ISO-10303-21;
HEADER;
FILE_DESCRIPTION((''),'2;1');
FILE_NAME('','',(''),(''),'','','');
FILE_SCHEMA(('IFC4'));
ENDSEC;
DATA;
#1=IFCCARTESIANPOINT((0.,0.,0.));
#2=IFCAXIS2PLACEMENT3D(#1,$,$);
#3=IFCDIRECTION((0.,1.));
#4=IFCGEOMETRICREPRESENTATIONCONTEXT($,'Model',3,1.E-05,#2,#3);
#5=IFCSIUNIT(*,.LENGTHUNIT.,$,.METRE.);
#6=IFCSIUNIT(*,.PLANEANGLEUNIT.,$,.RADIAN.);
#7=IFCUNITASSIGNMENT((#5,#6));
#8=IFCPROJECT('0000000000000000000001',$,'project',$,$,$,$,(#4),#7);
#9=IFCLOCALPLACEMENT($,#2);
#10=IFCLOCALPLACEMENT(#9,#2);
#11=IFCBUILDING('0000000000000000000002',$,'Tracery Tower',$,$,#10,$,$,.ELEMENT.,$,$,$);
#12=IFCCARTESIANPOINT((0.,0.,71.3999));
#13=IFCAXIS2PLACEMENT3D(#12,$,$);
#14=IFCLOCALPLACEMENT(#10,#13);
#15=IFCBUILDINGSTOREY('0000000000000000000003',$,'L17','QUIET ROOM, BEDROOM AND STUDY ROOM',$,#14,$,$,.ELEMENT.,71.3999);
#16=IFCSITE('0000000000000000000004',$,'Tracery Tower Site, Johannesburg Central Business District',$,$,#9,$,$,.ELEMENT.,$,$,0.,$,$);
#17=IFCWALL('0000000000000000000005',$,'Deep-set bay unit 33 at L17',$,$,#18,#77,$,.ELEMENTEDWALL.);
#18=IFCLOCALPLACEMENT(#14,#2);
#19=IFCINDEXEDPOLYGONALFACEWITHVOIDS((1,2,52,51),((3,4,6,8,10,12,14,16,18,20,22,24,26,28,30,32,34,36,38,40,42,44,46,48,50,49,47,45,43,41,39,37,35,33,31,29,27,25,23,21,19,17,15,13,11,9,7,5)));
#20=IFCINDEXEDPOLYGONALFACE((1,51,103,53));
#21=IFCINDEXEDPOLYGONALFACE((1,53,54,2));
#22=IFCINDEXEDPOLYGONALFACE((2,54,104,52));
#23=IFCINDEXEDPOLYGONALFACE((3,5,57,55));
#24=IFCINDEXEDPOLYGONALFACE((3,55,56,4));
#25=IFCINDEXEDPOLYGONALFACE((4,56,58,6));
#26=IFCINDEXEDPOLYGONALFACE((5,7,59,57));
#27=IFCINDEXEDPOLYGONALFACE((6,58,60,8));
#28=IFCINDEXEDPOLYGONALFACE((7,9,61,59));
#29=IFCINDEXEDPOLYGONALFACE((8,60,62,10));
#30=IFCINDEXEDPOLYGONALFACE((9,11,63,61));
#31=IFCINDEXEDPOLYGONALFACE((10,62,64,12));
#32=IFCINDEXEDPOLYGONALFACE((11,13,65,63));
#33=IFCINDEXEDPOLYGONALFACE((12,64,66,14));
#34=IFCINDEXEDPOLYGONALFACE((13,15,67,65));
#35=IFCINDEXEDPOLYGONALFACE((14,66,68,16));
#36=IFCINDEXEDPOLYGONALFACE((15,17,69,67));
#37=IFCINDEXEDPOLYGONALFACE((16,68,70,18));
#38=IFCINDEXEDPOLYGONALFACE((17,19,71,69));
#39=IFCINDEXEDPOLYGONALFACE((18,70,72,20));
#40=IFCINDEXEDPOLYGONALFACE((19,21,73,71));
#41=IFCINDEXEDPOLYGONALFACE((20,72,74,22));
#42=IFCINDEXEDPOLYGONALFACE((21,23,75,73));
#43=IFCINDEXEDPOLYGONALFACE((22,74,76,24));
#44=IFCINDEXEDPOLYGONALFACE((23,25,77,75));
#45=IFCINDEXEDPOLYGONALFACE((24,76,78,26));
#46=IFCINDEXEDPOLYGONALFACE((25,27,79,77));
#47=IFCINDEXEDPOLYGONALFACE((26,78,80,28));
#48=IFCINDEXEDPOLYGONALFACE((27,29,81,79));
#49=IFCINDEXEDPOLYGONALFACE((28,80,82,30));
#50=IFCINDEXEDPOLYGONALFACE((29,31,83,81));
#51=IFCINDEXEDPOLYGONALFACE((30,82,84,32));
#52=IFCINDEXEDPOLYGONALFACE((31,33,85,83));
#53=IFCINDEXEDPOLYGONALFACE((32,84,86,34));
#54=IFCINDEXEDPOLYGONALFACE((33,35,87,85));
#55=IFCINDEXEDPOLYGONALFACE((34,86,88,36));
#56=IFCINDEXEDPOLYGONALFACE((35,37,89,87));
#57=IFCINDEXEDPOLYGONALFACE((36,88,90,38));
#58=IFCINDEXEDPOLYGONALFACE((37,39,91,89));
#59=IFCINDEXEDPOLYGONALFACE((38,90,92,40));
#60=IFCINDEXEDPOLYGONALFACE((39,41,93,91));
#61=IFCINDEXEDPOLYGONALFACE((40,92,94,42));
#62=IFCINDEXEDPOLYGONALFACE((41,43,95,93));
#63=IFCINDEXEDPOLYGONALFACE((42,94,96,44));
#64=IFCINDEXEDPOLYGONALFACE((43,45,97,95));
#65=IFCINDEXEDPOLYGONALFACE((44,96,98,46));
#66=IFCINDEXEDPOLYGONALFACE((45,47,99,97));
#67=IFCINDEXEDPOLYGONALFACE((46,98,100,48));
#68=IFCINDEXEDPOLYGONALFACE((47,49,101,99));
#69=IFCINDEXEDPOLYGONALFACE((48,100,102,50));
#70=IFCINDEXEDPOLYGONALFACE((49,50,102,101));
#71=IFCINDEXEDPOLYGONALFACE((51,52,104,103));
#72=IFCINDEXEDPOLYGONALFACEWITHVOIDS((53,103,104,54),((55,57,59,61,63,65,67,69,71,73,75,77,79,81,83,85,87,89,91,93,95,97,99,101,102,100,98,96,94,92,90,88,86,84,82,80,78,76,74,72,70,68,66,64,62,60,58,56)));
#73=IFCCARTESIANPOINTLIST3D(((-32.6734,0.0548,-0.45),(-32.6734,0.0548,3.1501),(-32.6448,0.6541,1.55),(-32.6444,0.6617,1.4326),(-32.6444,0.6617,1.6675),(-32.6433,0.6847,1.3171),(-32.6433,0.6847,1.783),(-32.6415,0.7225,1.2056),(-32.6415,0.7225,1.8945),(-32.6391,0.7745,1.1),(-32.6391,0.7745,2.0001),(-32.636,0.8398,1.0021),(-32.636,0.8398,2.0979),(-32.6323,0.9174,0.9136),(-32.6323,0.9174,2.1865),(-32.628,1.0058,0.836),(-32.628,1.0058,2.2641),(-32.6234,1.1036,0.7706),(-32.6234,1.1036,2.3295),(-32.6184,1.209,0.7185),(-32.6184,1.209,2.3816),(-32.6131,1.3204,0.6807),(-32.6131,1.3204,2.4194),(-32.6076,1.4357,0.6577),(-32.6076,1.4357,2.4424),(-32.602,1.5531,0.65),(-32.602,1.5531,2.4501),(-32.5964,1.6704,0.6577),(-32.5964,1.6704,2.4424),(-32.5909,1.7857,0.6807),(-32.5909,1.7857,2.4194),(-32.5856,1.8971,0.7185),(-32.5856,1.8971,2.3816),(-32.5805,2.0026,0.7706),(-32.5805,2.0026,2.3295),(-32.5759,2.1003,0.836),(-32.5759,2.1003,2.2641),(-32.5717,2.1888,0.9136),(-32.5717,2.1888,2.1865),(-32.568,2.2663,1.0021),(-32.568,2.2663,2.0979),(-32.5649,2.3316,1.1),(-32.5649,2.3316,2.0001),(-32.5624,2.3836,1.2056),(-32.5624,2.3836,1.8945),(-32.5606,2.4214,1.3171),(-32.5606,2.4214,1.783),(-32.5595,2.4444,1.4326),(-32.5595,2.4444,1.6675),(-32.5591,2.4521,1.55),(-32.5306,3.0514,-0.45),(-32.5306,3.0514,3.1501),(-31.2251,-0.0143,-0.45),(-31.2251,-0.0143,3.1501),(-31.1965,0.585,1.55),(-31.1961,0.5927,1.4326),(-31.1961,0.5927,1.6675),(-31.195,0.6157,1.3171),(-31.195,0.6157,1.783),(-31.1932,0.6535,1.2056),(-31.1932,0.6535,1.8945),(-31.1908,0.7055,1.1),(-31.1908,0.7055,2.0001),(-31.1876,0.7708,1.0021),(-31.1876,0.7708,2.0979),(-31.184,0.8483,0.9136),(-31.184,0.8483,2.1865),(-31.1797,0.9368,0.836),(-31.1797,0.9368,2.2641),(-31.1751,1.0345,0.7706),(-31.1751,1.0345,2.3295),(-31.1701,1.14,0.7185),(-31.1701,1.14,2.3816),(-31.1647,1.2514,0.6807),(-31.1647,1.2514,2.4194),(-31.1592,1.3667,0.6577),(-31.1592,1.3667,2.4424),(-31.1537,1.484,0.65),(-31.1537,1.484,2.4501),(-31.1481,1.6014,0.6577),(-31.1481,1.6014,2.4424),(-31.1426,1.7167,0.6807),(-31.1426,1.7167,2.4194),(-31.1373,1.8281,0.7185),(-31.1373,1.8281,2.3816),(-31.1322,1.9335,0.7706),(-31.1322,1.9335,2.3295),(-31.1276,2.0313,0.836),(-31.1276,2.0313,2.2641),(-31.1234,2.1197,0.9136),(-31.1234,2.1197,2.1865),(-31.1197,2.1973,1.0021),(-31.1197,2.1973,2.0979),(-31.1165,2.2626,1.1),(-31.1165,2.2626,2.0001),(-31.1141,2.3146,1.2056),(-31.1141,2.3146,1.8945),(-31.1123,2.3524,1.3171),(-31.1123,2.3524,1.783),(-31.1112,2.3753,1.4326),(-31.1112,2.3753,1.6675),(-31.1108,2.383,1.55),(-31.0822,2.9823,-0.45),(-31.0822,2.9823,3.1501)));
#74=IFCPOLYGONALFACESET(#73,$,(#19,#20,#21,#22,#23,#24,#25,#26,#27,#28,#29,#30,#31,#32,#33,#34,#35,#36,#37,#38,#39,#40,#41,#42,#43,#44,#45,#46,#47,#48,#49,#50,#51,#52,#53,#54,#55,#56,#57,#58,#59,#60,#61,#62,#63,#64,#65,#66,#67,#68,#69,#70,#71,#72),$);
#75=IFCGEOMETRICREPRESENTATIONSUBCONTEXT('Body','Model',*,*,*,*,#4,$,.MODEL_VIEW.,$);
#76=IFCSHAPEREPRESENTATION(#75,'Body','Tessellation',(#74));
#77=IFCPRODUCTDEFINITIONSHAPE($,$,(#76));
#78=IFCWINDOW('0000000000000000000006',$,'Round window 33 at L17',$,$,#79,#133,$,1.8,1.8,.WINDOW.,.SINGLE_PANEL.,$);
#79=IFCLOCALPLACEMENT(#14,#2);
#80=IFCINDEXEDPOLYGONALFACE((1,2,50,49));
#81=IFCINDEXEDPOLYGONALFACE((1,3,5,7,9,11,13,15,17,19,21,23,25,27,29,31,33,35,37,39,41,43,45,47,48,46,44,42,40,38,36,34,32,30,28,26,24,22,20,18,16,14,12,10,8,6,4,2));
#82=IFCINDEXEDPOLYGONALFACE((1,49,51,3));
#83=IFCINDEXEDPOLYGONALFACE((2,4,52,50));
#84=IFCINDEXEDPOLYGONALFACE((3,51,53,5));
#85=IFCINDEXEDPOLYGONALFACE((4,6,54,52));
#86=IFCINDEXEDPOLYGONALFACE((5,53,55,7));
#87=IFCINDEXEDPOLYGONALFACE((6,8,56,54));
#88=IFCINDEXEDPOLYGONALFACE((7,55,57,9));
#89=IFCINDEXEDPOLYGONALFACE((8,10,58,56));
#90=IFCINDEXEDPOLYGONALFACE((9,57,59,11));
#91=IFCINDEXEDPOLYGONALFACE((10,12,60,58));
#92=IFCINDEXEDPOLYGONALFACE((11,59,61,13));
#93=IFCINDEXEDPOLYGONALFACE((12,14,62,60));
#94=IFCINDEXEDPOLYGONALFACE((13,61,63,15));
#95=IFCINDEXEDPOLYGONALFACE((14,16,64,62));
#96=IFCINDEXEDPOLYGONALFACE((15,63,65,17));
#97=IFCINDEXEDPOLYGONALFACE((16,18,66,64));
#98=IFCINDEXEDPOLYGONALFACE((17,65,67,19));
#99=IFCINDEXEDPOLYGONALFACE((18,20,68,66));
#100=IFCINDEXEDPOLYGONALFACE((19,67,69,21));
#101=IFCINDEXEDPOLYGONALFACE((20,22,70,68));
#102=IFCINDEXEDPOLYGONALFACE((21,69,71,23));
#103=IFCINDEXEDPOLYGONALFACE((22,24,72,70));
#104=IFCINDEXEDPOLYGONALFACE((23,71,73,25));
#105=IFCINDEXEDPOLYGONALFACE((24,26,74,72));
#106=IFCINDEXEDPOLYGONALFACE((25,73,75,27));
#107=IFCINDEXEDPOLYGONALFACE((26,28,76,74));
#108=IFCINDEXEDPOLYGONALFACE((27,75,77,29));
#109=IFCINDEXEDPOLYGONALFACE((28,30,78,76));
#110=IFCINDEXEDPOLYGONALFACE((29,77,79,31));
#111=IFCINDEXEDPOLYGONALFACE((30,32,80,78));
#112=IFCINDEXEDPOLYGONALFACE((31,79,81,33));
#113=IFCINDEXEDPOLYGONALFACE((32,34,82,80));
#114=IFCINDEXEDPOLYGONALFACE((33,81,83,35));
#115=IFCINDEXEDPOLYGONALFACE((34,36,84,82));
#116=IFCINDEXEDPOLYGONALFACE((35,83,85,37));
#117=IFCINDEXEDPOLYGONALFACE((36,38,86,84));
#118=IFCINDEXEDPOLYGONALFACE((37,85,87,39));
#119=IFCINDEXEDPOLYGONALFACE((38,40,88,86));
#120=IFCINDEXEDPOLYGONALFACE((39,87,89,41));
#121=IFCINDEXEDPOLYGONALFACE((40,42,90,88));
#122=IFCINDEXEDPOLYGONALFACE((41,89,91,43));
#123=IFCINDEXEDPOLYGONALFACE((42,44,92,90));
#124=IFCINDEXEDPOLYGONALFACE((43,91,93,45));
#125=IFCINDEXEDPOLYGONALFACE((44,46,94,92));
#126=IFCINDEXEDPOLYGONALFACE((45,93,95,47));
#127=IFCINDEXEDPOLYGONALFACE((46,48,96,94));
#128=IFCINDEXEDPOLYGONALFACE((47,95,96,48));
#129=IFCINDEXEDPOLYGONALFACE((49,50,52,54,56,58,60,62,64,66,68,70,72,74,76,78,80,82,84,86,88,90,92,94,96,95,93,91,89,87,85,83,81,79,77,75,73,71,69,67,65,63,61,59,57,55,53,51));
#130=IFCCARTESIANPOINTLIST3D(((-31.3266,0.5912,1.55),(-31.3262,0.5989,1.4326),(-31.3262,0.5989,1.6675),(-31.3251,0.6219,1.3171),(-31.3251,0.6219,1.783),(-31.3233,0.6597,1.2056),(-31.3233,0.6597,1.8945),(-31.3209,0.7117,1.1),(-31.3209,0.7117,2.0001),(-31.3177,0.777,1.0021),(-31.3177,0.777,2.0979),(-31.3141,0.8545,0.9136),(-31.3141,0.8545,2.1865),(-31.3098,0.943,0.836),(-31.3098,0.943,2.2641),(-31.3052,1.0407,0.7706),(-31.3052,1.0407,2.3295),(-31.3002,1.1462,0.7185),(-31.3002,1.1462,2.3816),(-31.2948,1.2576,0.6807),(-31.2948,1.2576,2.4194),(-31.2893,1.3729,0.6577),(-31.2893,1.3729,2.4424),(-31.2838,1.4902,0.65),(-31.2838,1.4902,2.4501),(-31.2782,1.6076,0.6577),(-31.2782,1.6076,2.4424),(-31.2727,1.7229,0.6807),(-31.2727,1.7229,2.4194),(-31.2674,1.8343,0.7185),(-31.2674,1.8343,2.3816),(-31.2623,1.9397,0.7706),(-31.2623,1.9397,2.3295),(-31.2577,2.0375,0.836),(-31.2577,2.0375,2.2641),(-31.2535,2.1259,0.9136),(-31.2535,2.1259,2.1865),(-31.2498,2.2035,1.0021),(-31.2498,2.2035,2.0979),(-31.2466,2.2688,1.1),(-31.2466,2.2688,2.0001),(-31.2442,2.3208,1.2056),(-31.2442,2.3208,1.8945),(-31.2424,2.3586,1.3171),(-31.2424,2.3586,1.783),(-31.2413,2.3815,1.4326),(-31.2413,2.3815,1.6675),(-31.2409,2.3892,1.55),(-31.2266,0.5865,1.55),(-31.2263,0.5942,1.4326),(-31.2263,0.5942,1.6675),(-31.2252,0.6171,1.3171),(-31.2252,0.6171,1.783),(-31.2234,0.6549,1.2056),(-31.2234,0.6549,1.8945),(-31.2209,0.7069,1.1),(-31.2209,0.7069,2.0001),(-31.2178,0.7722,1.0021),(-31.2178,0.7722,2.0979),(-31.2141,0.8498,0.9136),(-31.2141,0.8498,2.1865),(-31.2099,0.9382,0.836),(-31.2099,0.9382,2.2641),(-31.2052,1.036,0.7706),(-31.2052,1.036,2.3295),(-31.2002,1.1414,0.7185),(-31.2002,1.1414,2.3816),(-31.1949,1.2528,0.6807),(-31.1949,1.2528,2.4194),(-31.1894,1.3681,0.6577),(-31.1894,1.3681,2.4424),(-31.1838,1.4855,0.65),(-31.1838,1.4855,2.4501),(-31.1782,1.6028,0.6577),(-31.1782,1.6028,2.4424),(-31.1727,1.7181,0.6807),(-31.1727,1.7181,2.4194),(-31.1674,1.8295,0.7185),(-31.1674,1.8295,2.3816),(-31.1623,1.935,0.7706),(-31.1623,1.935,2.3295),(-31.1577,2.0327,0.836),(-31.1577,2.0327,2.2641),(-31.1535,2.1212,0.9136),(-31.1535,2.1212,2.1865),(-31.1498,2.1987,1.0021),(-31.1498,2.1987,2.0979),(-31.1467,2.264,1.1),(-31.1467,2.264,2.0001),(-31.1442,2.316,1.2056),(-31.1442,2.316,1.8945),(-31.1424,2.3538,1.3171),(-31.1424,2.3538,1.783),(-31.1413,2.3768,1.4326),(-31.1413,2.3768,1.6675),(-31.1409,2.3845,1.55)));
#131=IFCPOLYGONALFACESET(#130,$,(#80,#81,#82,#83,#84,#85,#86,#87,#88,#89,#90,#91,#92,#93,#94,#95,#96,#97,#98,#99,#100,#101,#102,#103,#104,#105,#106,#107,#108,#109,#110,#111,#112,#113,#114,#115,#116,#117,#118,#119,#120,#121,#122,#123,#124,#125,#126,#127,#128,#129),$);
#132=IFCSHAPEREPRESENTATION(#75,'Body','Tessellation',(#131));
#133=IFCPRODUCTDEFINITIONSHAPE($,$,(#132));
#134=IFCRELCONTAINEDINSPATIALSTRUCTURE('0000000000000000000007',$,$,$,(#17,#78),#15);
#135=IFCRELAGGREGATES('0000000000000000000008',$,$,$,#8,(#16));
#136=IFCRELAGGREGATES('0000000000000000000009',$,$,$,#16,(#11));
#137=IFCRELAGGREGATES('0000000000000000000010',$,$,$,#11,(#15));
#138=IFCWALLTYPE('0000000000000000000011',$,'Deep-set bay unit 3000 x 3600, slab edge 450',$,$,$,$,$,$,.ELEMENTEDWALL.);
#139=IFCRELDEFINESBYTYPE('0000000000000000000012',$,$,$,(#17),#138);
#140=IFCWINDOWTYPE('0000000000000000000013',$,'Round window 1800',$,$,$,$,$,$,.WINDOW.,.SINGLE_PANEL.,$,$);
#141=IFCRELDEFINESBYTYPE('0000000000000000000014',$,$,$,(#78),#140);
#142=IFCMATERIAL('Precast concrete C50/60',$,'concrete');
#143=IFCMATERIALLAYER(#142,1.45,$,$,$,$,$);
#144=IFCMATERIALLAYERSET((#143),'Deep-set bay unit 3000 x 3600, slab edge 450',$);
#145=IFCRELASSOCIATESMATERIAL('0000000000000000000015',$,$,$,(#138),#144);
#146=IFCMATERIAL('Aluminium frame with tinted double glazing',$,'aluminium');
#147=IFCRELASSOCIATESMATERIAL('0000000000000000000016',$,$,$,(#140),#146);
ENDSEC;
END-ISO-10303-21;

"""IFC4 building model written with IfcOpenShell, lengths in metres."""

from ifc_helpers import new_model, si_unit, direction, frame, frame_2d, origin, origin_2d, place, context, subcontext, project, spatial, rectangle, circle, extrude, material, layer, layer_set, type_object, element, fill, save


model = new_model("IFC4")

# Units and contexts
model_context = context("Model", 3, precision=1e-05, world=origin(), true_north=direction((0.0, 1.0)))
body_context = subcontext(model_context, "Body", "Model", "MODEL_VIEW")
ifc_project = project(units=[si_unit("LENGTHUNIT", "METRE"), si_unit("PLANEANGLEUNIT", "RADIAN")], contexts=[model_context])

# Site, building, storey
site_placement = place(None, origin())
site = spatial("IfcSite", under=ifc_project, at=site_placement, Name="Tracery Tower Site, Johannesburg Central Business District", CompositionType="ELEMENT", RefElevation=0.0)
building_placement = place(site_placement, origin())
building = spatial("IfcBuilding", under=site, at=building_placement, Name="Tracery Tower", CompositionType="ELEMENT")
storey_placement = place(building_placement, frame((0.0, 0.0, 71.3999)))
storey = spatial("IfcBuildingStorey", under=building, at=storey_placement, Name="L17", Description="QUIET ROOM, BEDROOM AND STUDY ROOM", CompositionType="ELEMENT", Elevation=71.3999)

# Wall, opening, window
ifc_material_1 = material(Name="Precast concrete C50/60", Category="concrete")
ifc_layer_1 = layer(ifc_material_1, 1.45)
ifc_layer_set_1 = layer_set([ifc_layer_1], Name="Deep-set bay unit 3000 x 3600, slab edge 450")
wall_type_1 = type_object("IfcWallType", Name="Deep-set bay unit 3000 x 3600, slab edge 450", PredefinedType="ELEMENTEDWALL", material=ifc_layer_set_1)
ifc_material_2 = material(Name="Aluminium frame with tinted double glazing", Category="aluminium")
window_type = type_object("IfcWindowType", Name="Round window 1800", PartitioningType="SINGLE_PANEL", PredefinedType="WINDOW", material=ifc_material_2)
wall_1_placement = place(storey_placement, frame((-31.8064, 3.0168, -0.45), z_axis=(0.0, 0.0, 1.0), x_axis=(-0.047608, -0.998866, 0.0)))
wall_1 = element("IfcWall", 1, at=wall_1_placement, inside=storey, type_object=wall_type_1, Name="Deep-set bay unit 33 at L17", PredefinedType="ELEMENTEDWALL", context=body_context, shape_type="SweptSolid", body=[
    extrude(rectangle(XDim=3.0, YDim=1.45, at=frame_2d((1.5, 0.0))), origin(), (0.0, 0.0, 1.0), 3.6001),
])
opening_1_placement = place(wall_1_placement, frame((1.5, 0.0, 2.0)))
opening_1 = element("IfcOpeningElement", 2, at=opening_1_placement, cuts=wall_1, PredefinedType="OPENING", context=body_context, shape_type="SweptSolid", body=[
    extrude(circle(Radius=0.9, at=origin_2d()), frame((0.0, 0.7349, 0.0), z_axis=(0.0, -1.0, 0.0), x_axis=(1.0, 0.0, 0.0)), (0.0, 0.0, 1.0), 1.47),
])
window_1_placement = place(opening_1_placement, origin())
window_1 = element("IfcWindow", 3, at=window_1_placement, inside=storey, type_object=window_type, Name="Round window 33 at L17", OverallHeight=1.8, OverallWidth=1.8, PartitioningType="SINGLE_PANEL", PredefinedType="WINDOW", context=body_context, shape_type="SweptSolid", body=[
    extrude(circle(Radius=0.9, at=origin_2d()), frame((0.0, 0.6948, 0.0), z_axis=(0.0, -1.0, 0.0), x_axis=(1.0, 0.0, 0.0)), (0.0, 0.0, 1.0), 0.1001),
])
fill(opening_1, window_1)

save(model, "model.ifc")
